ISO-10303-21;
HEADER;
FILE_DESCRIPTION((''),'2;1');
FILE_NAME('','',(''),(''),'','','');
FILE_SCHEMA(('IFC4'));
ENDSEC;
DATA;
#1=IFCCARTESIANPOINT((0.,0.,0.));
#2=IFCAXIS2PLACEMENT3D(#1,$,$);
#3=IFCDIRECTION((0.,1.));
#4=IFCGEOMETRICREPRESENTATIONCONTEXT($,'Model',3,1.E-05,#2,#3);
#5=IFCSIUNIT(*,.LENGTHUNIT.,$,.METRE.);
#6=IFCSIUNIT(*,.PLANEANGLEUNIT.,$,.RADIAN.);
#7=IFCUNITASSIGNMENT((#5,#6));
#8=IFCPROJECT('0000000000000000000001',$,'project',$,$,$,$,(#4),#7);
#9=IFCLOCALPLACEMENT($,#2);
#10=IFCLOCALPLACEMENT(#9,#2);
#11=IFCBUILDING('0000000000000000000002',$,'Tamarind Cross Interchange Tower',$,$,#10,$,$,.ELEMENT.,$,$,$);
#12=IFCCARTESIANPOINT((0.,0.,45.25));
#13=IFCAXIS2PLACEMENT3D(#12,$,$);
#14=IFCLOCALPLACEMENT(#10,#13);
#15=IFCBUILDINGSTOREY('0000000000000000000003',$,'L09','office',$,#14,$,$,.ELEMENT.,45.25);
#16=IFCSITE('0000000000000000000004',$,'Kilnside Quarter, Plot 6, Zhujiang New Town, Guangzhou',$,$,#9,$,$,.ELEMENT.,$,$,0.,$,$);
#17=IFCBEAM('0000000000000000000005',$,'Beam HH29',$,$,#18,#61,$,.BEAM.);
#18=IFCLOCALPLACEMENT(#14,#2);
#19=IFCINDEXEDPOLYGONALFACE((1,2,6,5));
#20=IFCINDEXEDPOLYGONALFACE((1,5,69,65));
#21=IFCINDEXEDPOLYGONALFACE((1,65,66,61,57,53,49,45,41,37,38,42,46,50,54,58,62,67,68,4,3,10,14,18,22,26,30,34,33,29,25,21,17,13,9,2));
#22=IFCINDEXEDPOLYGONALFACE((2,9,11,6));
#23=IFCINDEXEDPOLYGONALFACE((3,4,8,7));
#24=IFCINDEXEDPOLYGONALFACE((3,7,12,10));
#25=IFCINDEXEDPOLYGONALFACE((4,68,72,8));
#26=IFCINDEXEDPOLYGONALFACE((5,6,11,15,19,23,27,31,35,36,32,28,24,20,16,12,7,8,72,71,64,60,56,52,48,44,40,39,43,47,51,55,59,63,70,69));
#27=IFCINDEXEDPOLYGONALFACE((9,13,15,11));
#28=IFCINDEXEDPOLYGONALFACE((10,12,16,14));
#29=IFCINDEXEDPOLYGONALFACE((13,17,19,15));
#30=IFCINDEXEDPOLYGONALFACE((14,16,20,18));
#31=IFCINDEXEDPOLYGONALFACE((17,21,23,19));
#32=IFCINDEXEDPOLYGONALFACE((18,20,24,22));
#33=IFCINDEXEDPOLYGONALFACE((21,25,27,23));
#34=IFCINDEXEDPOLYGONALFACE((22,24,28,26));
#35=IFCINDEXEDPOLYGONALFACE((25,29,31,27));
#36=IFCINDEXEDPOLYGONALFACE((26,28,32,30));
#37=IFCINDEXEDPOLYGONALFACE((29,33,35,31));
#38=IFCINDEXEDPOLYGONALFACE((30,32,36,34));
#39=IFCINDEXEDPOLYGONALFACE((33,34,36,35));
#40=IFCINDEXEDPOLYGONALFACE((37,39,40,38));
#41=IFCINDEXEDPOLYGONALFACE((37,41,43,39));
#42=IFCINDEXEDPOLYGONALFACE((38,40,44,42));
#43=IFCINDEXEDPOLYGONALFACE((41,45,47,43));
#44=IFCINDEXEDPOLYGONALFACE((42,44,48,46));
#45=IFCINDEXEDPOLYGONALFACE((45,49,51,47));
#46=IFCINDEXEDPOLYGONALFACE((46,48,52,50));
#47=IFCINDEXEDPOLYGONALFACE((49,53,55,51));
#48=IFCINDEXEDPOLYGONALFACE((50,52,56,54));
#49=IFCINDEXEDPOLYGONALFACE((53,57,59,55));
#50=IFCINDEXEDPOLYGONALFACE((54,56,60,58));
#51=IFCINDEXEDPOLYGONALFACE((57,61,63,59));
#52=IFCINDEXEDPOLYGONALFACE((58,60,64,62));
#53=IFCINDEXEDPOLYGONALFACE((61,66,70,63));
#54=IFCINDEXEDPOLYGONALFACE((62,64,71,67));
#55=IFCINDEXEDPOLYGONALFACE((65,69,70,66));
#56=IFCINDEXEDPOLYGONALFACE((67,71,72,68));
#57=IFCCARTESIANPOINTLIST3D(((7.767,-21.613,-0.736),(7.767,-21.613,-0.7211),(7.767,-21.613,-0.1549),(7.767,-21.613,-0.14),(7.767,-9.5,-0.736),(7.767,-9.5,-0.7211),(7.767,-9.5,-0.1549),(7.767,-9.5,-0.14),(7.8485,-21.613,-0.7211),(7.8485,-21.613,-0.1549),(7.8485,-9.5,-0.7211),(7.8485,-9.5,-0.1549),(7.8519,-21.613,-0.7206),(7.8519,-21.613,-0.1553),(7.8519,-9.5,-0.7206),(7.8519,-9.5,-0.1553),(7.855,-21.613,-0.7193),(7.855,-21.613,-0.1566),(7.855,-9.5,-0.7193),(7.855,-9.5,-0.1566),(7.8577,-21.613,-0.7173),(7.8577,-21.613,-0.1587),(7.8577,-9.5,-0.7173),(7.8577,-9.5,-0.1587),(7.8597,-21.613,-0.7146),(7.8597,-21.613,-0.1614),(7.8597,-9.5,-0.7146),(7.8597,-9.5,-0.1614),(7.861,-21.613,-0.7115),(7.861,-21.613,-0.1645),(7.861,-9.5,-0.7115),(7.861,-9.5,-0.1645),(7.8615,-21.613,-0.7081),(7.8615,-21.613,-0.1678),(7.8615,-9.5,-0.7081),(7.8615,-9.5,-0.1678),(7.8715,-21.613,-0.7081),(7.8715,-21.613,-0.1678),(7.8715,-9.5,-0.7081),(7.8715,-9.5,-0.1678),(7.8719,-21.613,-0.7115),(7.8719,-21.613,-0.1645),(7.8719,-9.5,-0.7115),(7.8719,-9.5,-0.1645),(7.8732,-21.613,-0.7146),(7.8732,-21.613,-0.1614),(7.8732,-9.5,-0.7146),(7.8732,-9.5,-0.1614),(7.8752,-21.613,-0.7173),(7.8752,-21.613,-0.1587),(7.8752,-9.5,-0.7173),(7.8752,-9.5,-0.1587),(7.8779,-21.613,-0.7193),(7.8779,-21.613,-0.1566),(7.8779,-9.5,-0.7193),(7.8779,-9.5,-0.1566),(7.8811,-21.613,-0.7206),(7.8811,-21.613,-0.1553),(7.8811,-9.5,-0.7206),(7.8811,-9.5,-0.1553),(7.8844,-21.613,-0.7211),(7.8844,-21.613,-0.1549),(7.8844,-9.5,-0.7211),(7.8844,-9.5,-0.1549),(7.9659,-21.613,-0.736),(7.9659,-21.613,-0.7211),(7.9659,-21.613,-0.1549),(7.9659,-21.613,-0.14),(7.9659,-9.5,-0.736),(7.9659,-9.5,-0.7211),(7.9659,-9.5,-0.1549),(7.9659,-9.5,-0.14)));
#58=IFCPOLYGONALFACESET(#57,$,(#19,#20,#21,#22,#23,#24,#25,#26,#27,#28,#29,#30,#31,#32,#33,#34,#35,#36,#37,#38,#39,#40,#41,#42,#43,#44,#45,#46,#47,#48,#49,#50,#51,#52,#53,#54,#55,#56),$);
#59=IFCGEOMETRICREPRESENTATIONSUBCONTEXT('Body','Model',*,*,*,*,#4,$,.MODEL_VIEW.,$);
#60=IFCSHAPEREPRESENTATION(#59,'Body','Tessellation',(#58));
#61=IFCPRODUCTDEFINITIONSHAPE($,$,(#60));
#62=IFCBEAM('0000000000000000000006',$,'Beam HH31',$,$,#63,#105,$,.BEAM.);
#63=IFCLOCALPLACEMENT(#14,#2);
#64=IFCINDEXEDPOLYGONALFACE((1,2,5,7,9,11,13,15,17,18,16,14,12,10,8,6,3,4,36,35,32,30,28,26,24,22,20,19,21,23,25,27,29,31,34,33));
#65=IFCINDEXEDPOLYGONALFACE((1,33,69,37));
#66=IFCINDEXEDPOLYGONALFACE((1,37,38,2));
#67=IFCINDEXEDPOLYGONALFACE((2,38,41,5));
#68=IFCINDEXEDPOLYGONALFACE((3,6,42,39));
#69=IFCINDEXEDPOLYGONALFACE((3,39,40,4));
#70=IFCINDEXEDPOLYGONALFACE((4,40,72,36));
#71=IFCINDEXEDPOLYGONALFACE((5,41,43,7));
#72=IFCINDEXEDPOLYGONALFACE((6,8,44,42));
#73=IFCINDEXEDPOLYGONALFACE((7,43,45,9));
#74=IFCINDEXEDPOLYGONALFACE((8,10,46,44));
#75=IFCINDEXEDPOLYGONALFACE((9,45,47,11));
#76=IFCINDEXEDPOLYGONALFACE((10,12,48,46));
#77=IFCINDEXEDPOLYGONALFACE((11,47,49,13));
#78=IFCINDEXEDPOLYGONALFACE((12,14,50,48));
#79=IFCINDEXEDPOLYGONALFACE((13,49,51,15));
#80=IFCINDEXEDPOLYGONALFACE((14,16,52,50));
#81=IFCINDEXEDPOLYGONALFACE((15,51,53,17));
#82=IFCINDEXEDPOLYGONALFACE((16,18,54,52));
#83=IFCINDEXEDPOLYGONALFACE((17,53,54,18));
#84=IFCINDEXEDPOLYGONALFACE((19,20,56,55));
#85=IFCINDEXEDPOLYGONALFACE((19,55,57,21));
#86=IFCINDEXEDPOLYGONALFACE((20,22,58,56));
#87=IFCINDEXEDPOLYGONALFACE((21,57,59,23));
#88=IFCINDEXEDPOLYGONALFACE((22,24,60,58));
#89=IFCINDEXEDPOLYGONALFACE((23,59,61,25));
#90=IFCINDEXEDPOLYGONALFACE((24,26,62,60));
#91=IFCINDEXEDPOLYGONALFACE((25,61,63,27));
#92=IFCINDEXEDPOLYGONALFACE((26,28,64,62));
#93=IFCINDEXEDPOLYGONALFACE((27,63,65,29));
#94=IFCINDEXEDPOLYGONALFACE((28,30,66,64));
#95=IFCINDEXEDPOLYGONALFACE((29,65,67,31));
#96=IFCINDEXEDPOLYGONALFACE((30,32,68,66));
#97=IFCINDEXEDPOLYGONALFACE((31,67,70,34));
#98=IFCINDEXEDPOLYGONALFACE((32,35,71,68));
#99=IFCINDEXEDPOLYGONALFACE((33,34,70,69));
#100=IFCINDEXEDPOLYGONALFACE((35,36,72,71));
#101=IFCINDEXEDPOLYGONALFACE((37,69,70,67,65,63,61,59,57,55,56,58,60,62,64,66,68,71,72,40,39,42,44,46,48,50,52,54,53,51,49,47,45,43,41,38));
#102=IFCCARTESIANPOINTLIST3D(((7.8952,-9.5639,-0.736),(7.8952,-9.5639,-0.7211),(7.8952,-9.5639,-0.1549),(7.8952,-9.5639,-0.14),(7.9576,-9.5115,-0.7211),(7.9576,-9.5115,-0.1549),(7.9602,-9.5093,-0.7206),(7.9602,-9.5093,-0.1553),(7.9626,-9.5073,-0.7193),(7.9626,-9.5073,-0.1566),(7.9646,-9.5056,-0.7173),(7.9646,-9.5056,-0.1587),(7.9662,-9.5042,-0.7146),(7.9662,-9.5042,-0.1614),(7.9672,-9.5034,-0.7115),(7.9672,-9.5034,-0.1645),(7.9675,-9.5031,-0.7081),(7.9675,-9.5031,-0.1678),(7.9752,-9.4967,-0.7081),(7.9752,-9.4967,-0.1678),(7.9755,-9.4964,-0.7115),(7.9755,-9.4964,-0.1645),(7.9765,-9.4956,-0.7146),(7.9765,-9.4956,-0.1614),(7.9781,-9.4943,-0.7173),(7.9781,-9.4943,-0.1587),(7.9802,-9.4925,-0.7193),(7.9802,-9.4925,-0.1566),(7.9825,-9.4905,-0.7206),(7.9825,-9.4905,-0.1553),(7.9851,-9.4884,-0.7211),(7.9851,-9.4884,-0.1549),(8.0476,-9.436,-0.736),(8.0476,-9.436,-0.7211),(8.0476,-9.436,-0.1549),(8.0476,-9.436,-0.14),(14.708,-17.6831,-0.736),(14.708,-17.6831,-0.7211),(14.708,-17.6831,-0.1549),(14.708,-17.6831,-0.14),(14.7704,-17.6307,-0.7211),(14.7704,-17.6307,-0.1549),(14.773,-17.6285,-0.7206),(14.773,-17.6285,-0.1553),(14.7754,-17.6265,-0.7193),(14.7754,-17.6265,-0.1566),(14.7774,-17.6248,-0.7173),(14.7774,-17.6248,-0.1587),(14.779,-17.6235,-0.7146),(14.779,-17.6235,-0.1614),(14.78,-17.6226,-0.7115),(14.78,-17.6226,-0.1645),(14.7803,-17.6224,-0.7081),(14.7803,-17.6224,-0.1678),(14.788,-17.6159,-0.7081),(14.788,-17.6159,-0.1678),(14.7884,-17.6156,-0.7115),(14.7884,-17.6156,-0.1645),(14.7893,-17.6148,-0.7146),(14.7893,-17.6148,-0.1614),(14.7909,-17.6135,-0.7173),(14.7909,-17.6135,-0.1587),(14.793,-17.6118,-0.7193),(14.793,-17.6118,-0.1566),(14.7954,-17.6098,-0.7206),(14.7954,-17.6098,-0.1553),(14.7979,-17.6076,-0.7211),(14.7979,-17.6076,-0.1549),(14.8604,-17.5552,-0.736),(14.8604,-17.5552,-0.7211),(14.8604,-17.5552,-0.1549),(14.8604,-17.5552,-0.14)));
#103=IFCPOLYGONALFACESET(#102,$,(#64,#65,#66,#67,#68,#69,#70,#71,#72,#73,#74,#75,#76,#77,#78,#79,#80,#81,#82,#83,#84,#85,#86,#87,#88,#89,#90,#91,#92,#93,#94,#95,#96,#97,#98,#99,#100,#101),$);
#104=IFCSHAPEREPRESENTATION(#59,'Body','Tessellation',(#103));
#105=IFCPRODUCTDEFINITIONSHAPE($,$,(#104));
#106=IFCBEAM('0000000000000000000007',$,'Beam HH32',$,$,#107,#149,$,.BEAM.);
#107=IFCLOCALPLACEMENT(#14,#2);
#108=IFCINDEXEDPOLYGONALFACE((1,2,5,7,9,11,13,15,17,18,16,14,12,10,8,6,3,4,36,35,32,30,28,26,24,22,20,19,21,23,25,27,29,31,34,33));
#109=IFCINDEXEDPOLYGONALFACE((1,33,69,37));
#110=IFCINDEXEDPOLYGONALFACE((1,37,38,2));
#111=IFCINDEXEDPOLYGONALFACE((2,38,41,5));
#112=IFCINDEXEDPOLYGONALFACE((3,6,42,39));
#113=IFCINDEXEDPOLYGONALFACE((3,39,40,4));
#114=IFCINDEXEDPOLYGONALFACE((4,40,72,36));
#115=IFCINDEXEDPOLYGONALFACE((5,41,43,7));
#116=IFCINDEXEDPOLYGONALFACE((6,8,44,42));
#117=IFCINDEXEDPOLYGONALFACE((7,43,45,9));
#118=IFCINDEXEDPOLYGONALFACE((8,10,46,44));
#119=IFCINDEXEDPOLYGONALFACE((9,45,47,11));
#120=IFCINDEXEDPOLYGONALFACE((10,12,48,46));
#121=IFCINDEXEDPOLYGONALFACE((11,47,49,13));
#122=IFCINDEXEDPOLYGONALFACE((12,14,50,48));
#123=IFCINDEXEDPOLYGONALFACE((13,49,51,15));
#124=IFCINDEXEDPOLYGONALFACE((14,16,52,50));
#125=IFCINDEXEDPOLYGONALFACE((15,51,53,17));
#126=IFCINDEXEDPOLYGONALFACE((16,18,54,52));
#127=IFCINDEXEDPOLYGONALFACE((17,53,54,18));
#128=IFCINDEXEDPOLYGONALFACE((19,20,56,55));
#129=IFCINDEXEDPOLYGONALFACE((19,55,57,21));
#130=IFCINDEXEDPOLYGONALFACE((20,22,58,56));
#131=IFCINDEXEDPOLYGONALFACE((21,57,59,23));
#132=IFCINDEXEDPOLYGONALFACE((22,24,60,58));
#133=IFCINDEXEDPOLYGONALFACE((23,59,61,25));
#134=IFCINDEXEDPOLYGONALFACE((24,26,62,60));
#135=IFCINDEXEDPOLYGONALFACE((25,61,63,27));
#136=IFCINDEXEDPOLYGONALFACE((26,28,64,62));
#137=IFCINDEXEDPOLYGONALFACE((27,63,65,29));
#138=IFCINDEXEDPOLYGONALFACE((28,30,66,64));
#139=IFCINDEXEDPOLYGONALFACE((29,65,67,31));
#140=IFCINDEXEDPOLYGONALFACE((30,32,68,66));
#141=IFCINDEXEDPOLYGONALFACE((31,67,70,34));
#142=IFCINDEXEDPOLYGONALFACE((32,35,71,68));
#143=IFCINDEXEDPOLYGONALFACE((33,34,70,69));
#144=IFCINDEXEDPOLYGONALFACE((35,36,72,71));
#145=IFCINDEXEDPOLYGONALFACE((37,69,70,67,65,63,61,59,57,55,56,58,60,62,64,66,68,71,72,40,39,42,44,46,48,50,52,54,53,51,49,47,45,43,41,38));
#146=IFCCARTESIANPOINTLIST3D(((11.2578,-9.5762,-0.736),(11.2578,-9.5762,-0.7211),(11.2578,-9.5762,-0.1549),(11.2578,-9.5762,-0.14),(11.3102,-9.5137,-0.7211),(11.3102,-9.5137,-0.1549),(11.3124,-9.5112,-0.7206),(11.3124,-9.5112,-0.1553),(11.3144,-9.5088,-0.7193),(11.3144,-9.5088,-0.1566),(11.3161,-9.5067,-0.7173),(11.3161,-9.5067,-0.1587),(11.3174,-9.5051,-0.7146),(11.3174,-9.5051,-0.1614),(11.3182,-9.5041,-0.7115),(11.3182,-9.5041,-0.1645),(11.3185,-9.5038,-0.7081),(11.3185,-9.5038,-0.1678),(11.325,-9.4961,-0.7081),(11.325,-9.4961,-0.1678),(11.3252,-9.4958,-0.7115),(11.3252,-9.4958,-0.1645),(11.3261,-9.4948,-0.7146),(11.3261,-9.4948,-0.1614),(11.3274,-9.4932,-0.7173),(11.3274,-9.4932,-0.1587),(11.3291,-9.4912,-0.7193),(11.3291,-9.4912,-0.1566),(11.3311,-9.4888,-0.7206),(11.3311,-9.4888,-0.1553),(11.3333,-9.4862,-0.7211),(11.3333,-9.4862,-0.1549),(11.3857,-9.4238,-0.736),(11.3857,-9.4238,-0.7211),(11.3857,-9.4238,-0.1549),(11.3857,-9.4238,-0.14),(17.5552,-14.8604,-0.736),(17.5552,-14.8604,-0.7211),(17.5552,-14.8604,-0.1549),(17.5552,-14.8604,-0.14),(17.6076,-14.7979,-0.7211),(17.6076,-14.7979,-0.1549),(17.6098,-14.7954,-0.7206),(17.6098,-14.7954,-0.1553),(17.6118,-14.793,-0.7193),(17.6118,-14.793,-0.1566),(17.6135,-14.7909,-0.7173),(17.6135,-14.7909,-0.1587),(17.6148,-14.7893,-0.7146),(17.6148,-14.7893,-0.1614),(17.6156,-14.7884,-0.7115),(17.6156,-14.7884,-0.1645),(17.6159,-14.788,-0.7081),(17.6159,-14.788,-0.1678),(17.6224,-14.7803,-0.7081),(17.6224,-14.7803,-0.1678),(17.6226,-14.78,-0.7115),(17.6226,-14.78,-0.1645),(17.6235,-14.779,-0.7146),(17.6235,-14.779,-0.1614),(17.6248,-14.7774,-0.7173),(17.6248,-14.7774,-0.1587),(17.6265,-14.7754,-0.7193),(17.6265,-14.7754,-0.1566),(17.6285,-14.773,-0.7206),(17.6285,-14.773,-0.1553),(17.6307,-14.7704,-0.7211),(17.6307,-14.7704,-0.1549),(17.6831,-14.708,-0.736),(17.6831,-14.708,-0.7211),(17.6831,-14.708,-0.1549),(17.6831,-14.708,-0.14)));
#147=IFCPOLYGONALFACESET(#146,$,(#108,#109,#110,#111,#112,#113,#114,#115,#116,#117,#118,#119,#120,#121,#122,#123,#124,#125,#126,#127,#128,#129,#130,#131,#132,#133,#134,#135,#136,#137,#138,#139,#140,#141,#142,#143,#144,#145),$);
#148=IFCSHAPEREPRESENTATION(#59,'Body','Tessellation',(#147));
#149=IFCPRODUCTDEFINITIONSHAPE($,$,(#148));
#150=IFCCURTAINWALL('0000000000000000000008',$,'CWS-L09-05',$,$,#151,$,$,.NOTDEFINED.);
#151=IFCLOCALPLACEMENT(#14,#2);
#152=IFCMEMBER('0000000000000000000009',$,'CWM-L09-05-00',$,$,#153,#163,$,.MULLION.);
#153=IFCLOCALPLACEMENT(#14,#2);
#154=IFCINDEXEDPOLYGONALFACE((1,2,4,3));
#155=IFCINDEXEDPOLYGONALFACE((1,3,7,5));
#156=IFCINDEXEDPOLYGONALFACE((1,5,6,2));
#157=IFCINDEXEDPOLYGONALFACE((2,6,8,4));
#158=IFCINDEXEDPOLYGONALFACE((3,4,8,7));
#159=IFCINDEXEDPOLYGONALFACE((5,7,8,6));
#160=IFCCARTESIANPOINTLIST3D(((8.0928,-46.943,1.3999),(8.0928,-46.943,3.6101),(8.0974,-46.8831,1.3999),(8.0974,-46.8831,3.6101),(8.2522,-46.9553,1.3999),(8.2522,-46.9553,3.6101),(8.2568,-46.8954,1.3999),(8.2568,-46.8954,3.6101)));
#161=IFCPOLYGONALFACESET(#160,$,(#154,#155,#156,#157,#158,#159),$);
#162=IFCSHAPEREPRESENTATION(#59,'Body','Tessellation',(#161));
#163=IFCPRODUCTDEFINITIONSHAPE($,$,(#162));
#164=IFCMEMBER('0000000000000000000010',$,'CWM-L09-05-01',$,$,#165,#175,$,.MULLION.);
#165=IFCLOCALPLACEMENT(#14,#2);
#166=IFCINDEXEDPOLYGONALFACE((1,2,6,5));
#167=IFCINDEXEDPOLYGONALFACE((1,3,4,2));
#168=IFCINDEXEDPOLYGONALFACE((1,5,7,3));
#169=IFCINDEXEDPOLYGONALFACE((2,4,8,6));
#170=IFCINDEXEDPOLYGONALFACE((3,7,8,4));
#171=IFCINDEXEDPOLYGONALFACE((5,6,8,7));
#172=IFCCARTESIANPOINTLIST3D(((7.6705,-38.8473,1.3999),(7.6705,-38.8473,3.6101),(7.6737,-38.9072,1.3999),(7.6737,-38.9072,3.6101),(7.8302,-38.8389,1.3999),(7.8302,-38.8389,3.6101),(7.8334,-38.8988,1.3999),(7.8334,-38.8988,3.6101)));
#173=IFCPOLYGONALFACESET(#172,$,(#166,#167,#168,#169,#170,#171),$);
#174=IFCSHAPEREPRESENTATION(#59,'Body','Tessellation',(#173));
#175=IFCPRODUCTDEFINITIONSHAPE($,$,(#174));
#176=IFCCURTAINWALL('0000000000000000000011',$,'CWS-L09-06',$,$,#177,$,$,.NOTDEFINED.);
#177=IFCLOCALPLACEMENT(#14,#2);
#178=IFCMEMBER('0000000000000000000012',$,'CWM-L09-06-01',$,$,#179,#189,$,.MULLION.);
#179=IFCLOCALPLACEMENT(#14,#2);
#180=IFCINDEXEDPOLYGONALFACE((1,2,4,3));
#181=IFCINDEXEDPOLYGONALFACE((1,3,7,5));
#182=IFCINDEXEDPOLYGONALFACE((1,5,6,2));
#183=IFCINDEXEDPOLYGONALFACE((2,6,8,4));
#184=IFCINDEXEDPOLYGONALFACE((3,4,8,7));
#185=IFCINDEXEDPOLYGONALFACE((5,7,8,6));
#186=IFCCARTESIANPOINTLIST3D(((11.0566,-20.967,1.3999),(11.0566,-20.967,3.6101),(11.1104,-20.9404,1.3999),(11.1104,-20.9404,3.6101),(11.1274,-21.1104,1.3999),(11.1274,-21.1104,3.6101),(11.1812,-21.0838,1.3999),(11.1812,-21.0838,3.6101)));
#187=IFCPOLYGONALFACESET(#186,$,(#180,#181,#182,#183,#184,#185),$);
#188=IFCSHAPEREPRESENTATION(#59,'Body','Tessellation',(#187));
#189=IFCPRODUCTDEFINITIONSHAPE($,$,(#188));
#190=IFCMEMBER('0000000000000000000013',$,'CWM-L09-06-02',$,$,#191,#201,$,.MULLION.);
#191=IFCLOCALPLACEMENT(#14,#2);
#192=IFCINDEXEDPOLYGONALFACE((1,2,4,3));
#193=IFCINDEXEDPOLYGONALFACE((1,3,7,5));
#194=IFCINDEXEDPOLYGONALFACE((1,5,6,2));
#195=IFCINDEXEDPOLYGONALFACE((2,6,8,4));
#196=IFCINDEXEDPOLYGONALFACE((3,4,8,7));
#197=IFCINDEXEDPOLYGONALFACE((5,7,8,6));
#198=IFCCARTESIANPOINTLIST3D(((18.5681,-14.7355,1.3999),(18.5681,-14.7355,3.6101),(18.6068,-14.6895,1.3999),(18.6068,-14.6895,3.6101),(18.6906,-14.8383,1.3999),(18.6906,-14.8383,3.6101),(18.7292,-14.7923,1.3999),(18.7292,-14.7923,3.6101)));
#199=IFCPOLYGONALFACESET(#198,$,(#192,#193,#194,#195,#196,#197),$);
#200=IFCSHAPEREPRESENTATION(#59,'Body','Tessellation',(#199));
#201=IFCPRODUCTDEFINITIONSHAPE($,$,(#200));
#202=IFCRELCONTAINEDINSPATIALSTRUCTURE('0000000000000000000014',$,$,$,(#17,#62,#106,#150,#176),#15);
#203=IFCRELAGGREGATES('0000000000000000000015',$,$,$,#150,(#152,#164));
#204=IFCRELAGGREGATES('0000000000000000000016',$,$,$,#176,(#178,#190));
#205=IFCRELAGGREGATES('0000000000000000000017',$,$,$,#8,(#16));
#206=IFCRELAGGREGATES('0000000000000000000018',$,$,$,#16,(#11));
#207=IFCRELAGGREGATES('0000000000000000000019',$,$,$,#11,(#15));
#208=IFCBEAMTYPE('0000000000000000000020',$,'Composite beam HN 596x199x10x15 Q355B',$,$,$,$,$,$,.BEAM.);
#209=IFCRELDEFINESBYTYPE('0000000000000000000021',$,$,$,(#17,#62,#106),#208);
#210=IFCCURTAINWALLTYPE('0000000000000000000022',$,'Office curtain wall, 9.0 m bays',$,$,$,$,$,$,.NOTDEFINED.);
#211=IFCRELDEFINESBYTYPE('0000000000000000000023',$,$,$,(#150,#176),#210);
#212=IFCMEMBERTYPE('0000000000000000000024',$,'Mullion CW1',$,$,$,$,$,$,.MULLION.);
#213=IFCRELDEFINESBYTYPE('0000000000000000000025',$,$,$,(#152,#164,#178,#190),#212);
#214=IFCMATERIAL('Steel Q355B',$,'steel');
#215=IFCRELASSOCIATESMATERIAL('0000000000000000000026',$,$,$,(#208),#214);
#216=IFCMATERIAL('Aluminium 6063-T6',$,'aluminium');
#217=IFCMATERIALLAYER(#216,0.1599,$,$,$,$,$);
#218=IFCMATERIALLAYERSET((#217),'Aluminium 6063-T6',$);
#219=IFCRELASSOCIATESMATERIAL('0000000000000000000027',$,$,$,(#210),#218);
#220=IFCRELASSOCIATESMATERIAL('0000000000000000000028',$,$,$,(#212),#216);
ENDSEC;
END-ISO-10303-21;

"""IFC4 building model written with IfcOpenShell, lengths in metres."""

from ifc_helpers import new_model, si_unit, direction, frame, origin, origin_2d, place, context, subcontext, project, spatial, rectangle, i_section, extrude, material, layer, layer_set, material_profile, profile_set, type_object, element, aggregate, save


model = new_model("IFC4")

# Units and contexts
model_context = context("Model", 3, precision=1e-05, world=origin(), true_north=direction((0.0, 1.0)))
body_context = subcontext(model_context, "Body", "Model", "MODEL_VIEW")
ifc_project = project(units=[si_unit("LENGTHUNIT", "METRE"), si_unit("PLANEANGLEUNIT", "RADIAN")], contexts=[model_context])

# Site, building, storey
site_placement = place(None, origin())
site = spatial("IfcSite", under=ifc_project, at=site_placement, Name="Kilnside Quarter, Plot 6, Zhujiang New Town, Guangzhou", CompositionType="ELEMENT", RefElevation=0.0)
building_placement = place(site_placement, origin())
building = spatial("IfcBuilding", under=site, at=building_placement, Name="Tamarind Cross Interchange Tower", CompositionType="ELEMENT")
storey_placement = place(building_placement, frame((0.0, 0.0, 45.25)))
storey = spatial("IfcBuildingStorey", under=building, at=storey_placement, Name="L09", Description="office", CompositionType="ELEMENT", Elevation=45.25)

# Beams
ifc_material_1 = material(Name="Steel Q355B", Category="steel")
ifc_material_profile_1 = material_profile(ifc_material_1, i_section(OverallWidth=0.199, OverallDepth=0.5959, WebThickness=0.01, FlangeThickness=0.0149, FilletRadius=0.0129, at=origin_2d()), Name="HN 596x199x10x15")
ifc_profile_set_1 = profile_set([ifc_material_profile_1], Name="Steel Q355B")
beam_type = type_object("IfcBeamType", Name="Composite beam HN 596x199x10x15 Q355B", PredefinedType="BEAM", material=ifc_profile_set_1)
beam_1_placement = place(storey_placement, frame((7.8665, -21.613, -0.438), z_axis=(0.0, 1.0, 0.0), x_axis=(-1.0, 0.0, 0.0)))
element("IfcBeam", 1, at=beam_1_placement, inside=storey, type_object=beam_type, Name="Beam HH29", PredefinedType="BEAM", context=body_context, shape_type="SweptSolid", body=[
    extrude(i_section(OverallWidth=0.199, OverallDepth=0.5959, WebThickness=0.01, FlangeThickness=0.0149, FilletRadius=0.0129, at=origin_2d()), origin(), (0.0, 0.0, 1.0), 12.113),
])
beam_2_placement = place(storey_placement, frame((14.7842, -17.6191, -0.438), z_axis=(-0.642786, 0.766046, 0.0), x_axis=(-0.766046, -0.642786, 0.0)))
element("IfcBeam", 2, at=beam_2_placement, inside=storey, type_object=beam_type, Name="Beam HH31", PredefinedType="BEAM", context=body_context, shape_type="SweptSolid", body=[
    extrude(i_section(OverallWidth=0.199, OverallDepth=0.5959, WebThickness=0.01, FlangeThickness=0.0149, FilletRadius=0.0129, at=origin_2d()), origin(), (0.0, 0.0, 1.0), 10.5989),
])
beam_3_placement = place(storey_placement, frame((17.6191, -14.7842, -0.438), z_axis=(-0.766041, 0.642792, 0.0), x_axis=(-0.642792, -0.766041, 0.0)))
element("IfcBeam", 3, at=beam_3_placement, inside=storey, type_object=beam_type, Name="Beam HH32", PredefinedType="BEAM", context=body_context, shape_type="SweptSolid", body=[
    extrude(i_section(OverallWidth=0.199, OverallDepth=0.5959, WebThickness=0.01, FlangeThickness=0.0149, FilletRadius=0.0129, at=origin_2d()), origin(), (0.0, 0.0, 1.0), 8.2207),
])

# Curtain walls, members
ifc_material_2 = material(Name="Aluminium 6063-T6", Category="aluminium")
ifc_layer_1 = layer(ifc_material_2, 0.1599)
ifc_layer_set_1 = layer_set([ifc_layer_1], Name="Aluminium 6063-T6")
curtain_wall_type = type_object("IfcCurtainWallType", Name="Office curtain wall, 9.0 m bays", PredefinedType="NOTDEFINED", material=ifc_layer_set_1)
curtain_wall_1_placement = place(storey_placement, origin())
curtain_wall_1 = element("IfcCurtainWall", 4, at=curtain_wall_1_placement, inside=storey, type_object=curtain_wall_type, Name="CWS-L09-05", PredefinedType="NOTDEFINED")
ifc_material_profile_2 = material_profile(ifc_material_2, rectangle(XDim=0.0601, YDim=0.1599, at=origin_2d()), Name="Mullion CW1")
ifc_profile_set_2 = profile_set([ifc_material_profile_2], Name="Aluminium 6063-T6")
member_type = type_object("IfcMemberType", Name="Mullion CW1", PredefinedType="MULLION", material=ifc_profile_set_2)
member_1_placement = place(storey_placement, frame((8.1748, -46.9192, 1.3999), z_axis=(0.0, 0.0, 1.0), x_axis=(0.077219, 0.997014, 0.0)))
member_1 = element("IfcMember", 5, at=member_1_placement, type_object=member_type, Name="CWM-L09-05-00", PredefinedType="MULLION", context=body_context, shape_type="SweptSolid", body=[
    extrude(rectangle(XDim=0.0601, YDim=0.1599, at=origin_2d()), origin(), (0.0, 0.0, 1.0), 2.2102),
])
member_2_placement = place(storey_placement, frame((7.752, -38.873, 1.3999), z_axis=(0.0, 0.0, 1.0), x_axis=(-0.052478, 0.998622, 0.0)))
member_2 = element("IfcMember", 6, at=member_2_placement, type_object=member_type, Name="CWM-L09-05-01", PredefinedType="MULLION", context=body_context, shape_type="SweptSolid", body=[
    extrude(rectangle(XDim=0.0601, YDim=0.1599, at=origin_2d()), origin(), (0.0, 0.0, 1.0), 2.2102),
])
aggregate(curtain_wall_1, [member_1, member_2])
curtain_wall_2_placement = place(storey_placement, origin())
curtain_wall_2 = element("IfcCurtainWall", 7, at=curtain_wall_2_placement, inside=storey, type_object=curtain_wall_type, Name="CWS-L09-06", PredefinedType="NOTDEFINED")
member_3_placement = place(storey_placement, frame((11.1189, -21.0254, 1.3999), z_axis=(0.0, 0.0, 1.0), x_axis=(0.896493, 0.443059, 0.0)))
member_3 = element("IfcMember", 8, at=member_3_placement, type_object=member_type, Name="CWM-L09-06-01", PredefinedType="MULLION", context=body_context, shape_type="SweptSolid", body=[
    extrude(rectangle(XDim=0.0601, YDim=0.1599, at=origin_2d()), origin(), (0.0, 0.0, 1.0), 2.2102),
])
member_4_placement = place(storey_placement, frame((18.6487, -14.7639, 1.3999), z_axis=(0.0, 0.0, 1.0), x_axis=(0.643009, 0.765858, 0.0)))
member_4 = element("IfcMember", 9, at=member_4_placement, type_object=member_type, Name="CWM-L09-06-02", PredefinedType="MULLION", context=body_context, shape_type="SweptSolid", body=[
    extrude(rectangle(XDim=0.0601, YDim=0.1599, at=origin_2d()), origin(), (0.0, 0.0, 1.0), 2.2102),
])
aggregate(curtain_wall_2, [member_3, member_4])

save(model, "model.ifc")
